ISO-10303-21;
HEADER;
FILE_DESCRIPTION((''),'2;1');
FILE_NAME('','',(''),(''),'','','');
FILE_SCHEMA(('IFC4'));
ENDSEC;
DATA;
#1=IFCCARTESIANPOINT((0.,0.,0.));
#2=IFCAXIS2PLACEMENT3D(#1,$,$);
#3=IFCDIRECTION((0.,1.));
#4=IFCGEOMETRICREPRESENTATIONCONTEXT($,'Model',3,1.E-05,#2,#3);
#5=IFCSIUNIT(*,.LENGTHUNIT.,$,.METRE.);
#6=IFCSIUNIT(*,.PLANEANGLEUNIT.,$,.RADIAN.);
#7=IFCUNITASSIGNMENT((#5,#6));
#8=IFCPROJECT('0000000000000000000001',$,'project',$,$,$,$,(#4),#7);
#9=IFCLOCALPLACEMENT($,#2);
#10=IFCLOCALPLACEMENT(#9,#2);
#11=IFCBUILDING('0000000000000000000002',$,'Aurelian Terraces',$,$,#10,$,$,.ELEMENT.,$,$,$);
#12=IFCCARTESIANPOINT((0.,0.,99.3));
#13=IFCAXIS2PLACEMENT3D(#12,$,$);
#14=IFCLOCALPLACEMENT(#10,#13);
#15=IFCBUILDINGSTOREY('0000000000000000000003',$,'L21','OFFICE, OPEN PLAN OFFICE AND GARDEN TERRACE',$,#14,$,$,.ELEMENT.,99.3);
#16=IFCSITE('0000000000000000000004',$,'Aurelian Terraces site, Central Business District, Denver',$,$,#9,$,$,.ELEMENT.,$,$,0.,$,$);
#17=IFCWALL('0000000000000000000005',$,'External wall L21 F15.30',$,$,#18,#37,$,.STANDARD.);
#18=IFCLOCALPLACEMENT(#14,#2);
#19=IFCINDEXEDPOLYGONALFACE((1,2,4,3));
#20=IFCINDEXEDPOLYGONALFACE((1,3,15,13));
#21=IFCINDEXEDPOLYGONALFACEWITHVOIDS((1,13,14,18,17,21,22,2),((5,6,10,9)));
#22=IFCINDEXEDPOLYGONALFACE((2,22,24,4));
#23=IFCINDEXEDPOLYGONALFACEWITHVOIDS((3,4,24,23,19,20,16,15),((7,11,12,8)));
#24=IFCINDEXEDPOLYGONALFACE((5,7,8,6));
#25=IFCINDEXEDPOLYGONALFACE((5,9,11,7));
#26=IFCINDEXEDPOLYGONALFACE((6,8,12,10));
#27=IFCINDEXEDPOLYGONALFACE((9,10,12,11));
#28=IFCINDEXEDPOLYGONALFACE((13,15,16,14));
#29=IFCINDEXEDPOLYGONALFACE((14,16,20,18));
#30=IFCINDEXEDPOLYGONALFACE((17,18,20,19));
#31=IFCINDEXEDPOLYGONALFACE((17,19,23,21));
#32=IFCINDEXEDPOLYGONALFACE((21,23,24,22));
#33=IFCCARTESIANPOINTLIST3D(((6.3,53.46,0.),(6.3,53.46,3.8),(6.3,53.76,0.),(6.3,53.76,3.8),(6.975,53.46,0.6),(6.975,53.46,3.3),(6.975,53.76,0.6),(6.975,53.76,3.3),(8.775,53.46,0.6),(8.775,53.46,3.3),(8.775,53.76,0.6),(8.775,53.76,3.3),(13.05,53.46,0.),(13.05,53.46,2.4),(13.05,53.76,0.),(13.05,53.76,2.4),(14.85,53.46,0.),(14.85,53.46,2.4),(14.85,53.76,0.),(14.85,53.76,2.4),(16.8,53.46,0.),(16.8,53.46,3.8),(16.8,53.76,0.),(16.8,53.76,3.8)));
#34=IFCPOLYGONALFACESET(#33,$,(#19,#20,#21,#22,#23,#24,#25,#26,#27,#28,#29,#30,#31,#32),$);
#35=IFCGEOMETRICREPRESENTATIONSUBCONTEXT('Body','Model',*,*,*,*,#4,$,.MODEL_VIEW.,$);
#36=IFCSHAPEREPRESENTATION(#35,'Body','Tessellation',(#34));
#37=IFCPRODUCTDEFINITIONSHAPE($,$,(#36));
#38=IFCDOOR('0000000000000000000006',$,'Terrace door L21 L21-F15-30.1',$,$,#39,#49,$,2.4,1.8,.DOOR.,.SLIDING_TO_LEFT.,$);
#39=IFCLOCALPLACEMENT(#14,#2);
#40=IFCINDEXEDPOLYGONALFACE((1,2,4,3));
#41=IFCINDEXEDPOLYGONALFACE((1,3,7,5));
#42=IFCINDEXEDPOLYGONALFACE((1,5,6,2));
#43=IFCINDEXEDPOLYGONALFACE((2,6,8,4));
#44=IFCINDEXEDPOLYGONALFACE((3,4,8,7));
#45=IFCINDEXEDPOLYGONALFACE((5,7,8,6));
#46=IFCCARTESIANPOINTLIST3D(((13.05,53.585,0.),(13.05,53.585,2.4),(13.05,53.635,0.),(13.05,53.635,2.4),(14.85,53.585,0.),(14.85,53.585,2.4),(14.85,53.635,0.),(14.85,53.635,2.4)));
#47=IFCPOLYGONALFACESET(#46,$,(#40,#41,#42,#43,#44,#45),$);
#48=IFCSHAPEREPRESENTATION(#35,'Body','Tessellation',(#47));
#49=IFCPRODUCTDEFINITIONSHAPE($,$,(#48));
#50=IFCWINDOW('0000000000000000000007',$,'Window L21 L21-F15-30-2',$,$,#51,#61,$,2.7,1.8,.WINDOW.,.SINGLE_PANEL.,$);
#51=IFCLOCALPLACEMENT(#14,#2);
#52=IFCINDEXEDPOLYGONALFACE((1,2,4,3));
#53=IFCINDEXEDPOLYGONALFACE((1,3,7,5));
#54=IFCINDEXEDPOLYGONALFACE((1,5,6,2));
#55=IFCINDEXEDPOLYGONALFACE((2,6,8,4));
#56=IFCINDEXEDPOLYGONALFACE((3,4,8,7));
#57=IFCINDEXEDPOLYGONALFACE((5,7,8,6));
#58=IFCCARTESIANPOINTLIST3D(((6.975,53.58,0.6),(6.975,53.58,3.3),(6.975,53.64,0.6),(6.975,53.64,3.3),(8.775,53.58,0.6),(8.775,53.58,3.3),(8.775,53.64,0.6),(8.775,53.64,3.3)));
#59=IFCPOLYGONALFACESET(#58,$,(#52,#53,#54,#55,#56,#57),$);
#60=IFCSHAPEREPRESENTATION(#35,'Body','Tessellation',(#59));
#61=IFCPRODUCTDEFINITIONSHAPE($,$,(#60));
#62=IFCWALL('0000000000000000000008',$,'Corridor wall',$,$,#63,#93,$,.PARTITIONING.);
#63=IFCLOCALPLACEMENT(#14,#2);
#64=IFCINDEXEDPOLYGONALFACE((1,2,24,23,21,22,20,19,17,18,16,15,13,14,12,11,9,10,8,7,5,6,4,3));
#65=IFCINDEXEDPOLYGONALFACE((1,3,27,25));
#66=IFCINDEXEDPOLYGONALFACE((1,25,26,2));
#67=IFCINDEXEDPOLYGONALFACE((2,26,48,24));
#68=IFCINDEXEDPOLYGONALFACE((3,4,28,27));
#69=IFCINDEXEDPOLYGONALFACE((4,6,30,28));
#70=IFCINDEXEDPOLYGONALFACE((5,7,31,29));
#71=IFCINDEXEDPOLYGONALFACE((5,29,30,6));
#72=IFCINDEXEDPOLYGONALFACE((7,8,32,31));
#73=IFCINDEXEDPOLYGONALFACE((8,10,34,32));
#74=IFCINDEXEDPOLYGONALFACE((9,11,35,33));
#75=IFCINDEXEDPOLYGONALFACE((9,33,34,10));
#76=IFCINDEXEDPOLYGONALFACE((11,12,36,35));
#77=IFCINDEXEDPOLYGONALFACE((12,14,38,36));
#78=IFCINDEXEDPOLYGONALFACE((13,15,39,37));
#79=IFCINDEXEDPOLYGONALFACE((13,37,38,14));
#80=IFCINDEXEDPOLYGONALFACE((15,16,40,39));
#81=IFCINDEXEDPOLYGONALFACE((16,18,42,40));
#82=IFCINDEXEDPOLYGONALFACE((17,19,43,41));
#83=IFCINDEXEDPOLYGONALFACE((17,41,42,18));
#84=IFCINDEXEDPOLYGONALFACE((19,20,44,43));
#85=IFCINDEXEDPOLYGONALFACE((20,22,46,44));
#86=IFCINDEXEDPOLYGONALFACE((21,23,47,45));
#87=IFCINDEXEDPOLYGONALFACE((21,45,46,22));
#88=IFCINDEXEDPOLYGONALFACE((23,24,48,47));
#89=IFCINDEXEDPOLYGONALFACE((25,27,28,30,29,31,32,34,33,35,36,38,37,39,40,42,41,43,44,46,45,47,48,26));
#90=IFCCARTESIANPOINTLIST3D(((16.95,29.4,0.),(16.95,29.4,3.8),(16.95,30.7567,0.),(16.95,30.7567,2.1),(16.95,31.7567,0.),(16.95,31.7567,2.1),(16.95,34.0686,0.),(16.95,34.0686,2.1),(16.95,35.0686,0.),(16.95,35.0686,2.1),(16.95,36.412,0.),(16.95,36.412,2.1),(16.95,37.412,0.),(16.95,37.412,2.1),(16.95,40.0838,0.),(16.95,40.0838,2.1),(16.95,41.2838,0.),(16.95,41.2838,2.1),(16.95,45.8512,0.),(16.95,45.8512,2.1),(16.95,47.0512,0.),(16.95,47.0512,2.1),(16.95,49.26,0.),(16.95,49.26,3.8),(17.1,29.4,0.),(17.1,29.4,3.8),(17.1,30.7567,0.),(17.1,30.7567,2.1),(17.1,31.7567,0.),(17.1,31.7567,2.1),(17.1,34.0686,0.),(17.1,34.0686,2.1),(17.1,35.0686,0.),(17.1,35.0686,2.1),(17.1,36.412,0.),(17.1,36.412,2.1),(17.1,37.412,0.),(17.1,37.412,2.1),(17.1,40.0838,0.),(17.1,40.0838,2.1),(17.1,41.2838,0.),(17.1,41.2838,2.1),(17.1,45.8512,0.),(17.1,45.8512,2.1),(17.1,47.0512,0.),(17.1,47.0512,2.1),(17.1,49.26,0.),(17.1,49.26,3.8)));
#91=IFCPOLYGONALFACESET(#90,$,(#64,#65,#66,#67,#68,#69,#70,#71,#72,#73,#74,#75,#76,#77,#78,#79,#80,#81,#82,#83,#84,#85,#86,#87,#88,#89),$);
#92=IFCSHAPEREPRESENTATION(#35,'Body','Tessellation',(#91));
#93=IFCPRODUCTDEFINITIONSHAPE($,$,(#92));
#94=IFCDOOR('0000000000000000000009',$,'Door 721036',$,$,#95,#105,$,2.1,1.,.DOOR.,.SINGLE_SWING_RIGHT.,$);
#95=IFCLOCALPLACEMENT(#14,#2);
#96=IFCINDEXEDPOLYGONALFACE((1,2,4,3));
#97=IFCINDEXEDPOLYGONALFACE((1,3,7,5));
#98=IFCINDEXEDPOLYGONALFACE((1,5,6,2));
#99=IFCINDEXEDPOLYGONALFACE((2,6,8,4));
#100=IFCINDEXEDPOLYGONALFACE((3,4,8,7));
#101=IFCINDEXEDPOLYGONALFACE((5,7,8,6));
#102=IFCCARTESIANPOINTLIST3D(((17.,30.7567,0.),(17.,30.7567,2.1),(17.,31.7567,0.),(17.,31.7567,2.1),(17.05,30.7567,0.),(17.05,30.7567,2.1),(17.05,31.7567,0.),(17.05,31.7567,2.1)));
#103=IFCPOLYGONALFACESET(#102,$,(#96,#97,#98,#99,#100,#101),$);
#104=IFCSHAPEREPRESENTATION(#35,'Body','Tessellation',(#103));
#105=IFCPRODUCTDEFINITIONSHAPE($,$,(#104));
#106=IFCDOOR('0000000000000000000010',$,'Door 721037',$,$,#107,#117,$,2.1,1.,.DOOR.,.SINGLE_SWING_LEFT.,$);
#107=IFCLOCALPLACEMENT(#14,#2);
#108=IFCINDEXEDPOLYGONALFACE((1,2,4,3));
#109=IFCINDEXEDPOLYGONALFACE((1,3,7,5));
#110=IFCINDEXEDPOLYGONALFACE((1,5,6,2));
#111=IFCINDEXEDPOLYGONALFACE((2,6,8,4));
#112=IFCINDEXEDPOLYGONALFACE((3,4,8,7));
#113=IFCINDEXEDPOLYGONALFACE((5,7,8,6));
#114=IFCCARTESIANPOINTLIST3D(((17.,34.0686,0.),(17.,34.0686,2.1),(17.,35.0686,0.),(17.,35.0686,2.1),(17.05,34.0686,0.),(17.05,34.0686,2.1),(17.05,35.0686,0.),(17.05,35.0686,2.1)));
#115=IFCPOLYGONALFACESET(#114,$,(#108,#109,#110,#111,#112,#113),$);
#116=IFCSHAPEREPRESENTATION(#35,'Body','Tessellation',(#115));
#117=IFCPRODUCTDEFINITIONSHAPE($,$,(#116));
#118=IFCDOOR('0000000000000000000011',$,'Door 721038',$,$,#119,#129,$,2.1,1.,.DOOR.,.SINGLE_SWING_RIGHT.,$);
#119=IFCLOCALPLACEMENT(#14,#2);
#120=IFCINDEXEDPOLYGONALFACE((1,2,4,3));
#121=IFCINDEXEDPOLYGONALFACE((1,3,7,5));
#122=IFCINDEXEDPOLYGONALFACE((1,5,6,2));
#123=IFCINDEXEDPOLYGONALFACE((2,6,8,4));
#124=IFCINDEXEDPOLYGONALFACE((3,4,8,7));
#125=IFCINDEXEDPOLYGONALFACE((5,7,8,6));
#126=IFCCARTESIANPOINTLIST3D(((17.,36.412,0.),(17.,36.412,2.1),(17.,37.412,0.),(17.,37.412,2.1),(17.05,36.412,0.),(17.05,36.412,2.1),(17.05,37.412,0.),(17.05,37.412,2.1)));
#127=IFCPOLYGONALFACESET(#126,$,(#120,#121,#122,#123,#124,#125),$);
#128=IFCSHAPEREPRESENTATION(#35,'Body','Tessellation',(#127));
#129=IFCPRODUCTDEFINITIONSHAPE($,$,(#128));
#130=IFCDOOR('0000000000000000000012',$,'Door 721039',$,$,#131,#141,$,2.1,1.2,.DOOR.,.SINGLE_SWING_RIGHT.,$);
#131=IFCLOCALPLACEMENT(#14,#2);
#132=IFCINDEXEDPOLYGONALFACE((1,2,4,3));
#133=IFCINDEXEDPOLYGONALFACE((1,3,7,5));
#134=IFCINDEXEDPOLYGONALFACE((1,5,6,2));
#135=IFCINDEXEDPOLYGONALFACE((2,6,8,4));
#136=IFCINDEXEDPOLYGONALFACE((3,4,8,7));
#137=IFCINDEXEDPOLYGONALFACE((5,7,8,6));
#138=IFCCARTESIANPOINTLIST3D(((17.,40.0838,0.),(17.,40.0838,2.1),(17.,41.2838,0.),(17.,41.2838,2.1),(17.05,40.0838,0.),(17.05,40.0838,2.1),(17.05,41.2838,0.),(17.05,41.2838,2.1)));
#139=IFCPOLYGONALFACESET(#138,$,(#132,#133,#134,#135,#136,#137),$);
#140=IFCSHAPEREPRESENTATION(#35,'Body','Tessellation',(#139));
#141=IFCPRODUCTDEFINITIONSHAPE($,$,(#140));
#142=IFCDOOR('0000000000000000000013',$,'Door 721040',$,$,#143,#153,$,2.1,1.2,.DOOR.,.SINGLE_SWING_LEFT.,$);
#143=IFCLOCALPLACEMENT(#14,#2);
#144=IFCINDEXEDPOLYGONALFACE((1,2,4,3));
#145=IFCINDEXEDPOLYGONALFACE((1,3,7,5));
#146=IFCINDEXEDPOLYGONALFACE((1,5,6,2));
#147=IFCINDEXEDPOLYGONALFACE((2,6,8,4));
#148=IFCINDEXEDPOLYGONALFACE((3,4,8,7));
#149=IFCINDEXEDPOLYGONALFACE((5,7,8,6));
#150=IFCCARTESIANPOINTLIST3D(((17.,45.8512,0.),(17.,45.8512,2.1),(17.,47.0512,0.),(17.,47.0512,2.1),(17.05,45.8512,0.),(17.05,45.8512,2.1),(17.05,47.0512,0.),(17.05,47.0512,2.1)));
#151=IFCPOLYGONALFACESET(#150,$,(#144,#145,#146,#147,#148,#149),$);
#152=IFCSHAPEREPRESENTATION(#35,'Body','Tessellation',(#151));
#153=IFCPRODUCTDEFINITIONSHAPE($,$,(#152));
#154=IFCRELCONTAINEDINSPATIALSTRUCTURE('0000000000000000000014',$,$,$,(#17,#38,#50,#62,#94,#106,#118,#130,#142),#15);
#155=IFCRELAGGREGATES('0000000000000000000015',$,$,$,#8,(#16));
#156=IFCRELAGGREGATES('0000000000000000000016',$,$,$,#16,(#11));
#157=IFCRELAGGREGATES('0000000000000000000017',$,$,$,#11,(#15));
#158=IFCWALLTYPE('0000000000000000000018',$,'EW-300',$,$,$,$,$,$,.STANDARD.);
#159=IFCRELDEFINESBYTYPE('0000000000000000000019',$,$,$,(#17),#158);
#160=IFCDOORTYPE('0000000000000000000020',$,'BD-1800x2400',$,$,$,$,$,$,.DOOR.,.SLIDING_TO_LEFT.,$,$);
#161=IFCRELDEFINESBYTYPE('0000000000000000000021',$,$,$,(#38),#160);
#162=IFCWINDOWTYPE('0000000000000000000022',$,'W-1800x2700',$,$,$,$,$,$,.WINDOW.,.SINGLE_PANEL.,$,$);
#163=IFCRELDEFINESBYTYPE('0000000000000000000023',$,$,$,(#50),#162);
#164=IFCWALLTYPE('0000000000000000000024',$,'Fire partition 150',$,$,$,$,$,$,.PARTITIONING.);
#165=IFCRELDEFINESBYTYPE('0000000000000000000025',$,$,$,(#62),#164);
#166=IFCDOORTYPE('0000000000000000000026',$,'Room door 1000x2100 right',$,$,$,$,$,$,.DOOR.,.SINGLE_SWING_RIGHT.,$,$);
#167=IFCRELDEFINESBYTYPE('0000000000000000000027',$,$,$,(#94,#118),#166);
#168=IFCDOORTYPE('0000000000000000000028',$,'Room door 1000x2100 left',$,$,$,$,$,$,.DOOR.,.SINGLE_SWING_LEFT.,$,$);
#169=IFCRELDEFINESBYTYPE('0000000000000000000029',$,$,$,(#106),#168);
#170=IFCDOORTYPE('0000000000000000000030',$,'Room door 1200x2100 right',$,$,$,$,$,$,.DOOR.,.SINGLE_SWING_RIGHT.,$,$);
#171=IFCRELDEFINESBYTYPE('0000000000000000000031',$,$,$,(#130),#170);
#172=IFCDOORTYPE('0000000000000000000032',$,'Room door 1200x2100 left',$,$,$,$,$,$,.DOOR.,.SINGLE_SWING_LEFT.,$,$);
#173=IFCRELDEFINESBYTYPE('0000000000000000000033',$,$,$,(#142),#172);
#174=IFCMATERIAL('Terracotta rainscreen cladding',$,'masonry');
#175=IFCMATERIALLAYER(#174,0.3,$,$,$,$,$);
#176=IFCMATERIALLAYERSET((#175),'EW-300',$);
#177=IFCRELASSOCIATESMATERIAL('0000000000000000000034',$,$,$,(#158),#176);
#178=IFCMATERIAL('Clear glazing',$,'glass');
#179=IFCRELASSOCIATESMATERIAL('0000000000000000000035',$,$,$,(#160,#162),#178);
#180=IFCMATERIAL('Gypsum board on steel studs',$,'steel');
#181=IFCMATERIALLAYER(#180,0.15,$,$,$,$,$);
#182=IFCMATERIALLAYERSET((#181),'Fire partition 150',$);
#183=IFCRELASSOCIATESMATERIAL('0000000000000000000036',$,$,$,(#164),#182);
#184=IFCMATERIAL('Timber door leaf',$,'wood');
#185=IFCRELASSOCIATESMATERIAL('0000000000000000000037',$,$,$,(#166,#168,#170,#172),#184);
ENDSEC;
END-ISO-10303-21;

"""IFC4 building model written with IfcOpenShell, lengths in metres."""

from ifc_helpers import new_model, si_unit, direction, frame, frame_2d, origin, place, context, subcontext, project, spatial, rectangle, extrude, source, transform, mapped, material, layer, layer_set, type_object, element, fill, save


model = new_model("IFC4")

# Units and contexts
model_context = context("Model", 3, precision=1e-05, world=origin(), true_north=direction((0.0, 1.0)))
body_context = subcontext(model_context, "Body", "Model", "MODEL_VIEW")
ifc_project = project(units=[si_unit("LENGTHUNIT", "METRE"), si_unit("PLANEANGLEUNIT", "RADIAN")], contexts=[model_context])

# Site, building, storey
site_placement = place(None, origin())
site = spatial("IfcSite", under=ifc_project, at=site_placement, Name="Aurelian Terraces site, Central Business District, Denver", CompositionType="ELEMENT", RefElevation=0.0)
building_placement = place(site_placement, origin())
building = spatial("IfcBuilding", under=site, at=building_placement, Name="Aurelian Terraces", CompositionType="ELEMENT")
storey_placement = place(building_placement, frame((0.0, 0.0, 99.3)))
storey = spatial("IfcBuildingStorey", under=building, at=storey_placement, Name="L21", Description="OFFICE, OPEN PLAN OFFICE AND GARDEN TERRACE", CompositionType="ELEMENT", Elevation=99.3)

# Wall, openings, door, window
ifc_material_1 = material(Name="Terracotta rainscreen cladding", Category="masonry")
ifc_layer_1 = layer(ifc_material_1, 0.3)
ifc_layer_set_1 = layer_set([ifc_layer_1], Name="EW-300")
wall_type_1 = type_object("IfcWallType", Name="EW-300", PredefinedType="STANDARD", material=ifc_layer_set_1)
wall_1_placement = place(storey_placement, frame((16.8, 53.61, 0.0), z_axis=(0.0, 0.0, 1.0), x_axis=(-1.0, 0.0, 0.0)))
wall_1 = element("IfcWall", 1, at=wall_1_placement, inside=storey, type_object=wall_type_1, Name="External wall L21 F15.30", PredefinedType="STANDARD", context=body_context, shape_type="SweptSolid", body=[
    extrude(rectangle(XDim=10.5, YDim=0.3, at=frame_2d((5.25, 0.0))), origin(), (0.0, 0.0, 1.0), 3.8),
])
shared_shape_1 = source(origin(), body_context, "Body", "SweptSolid", [
    extrude(rectangle(XDim=1.8, YDim=2.4, at=frame_2d((0.9, 1.2))), frame((0.0, 0.16, 0.0), z_axis=(0.0, -1.0, 0.0), x_axis=(1.0, 0.0, 0.0)), (0.0, 0.0, 1.0), 0.32),
])
opening_1_placement = place(wall_1_placement, frame((1.95, 0.0, 0.0)))
opening_1 = element("IfcOpeningElement", 2, at=opening_1_placement, cuts=wall_1, PredefinedType="OPENING", context=body_context, shape_type="MappedRepresentation", body=[
    mapped(shared_shape_1, transform((0.0, 0.0, 0.0), scale=1.0)),
])
shared_shape_2 = source(origin(), body_context, "Body", "SweptSolid", [
    extrude(rectangle(XDim=1.8, YDim=2.7, at=frame_2d((0.9, 1.35))), frame((0.0, 0.16, 0.0), z_axis=(0.0, -1.0, 0.0), x_axis=(1.0, 0.0, 0.0)), (0.0, 0.0, 1.0), 0.32),
])
opening_2_placement = place(wall_1_placement, frame((8.025, 0.0, 0.6)))
opening_2 = element("IfcOpeningElement", 3, at=opening_2_placement, cuts=wall_1, PredefinedType="OPENING", context=body_context, shape_type="MappedRepresentation", body=[
    mapped(shared_shape_2, transform((0.0, 0.0, 0.0), scale=1.0)),
])
ifc_material_2 = material(Name="Clear glazing", Category="glass")
door_type_1 = type_object("IfcDoorType", Name="BD-1800x2400", OperationType="SLIDING_TO_LEFT", PredefinedType="DOOR", material=ifc_material_2)
shared_shape_3 = source(origin(), body_context, "Body", "SweptSolid", [
    extrude(rectangle(XDim=1.8, YDim=2.4, at=frame_2d((0.9, 1.2))), frame((0.0, 0.025, 0.0), z_axis=(0.0, -1.0, 0.0), x_axis=(1.0, 0.0, 0.0)), (0.0, 0.0, 1.0), 0.05),
])
door_1_placement = place(opening_1_placement, origin())
door_1 = element("IfcDoor", 4, at=door_1_placement, inside=storey, type_object=door_type_1, Name="Terrace door L21 L21-F15-30.1", OperationType="SLIDING_TO_LEFT", OverallHeight=2.4, OverallWidth=1.8, PredefinedType="DOOR", context=body_context, shape_type="MappedRepresentation", body=[
    mapped(shared_shape_3, transform((0.0, 0.0, 0.0), scale=1.0)),
])
fill(opening_1, door_1)
window_type = type_object("IfcWindowType", Name="W-1800x2700", PartitioningType="SINGLE_PANEL", PredefinedType="WINDOW", material=ifc_material_2)
shared_shape_4 = source(origin(), body_context, "Body", "SweptSolid", [
    extrude(rectangle(XDim=1.8, YDim=2.7, at=frame_2d((0.9, 1.35))), frame((0.0, 0.03, 0.0), z_axis=(0.0, -1.0, 0.0), x_axis=(1.0, 0.0, 0.0)), (0.0, 0.0, 1.0), 0.06),
])
window_1_placement = place(opening_2_placement, origin())
window_1 = element("IfcWindow", 5, at=window_1_placement, inside=storey, type_object=window_type, Name="Window L21 L21-F15-30-2", OverallHeight=2.7, OverallWidth=1.8, PartitioningType="SINGLE_PANEL", PredefinedType="WINDOW", context=body_context, shape_type="MappedRepresentation", body=[
    mapped(shared_shape_4, transform((0.0, 0.0, 0.0), scale=1.0)),
])
fill(opening_2, window_1)

# Wall, openings, doors
ifc_material_3 = material(Name="Gypsum board on steel studs", Category="steel")
ifc_layer_2 = layer(ifc_material_3, 0.15)
ifc_layer_set_2 = layer_set([ifc_layer_2], Name="Fire partition 150")
wall_type_2 = type_object("IfcWallType", Name="Fire partition 150", PredefinedType="PARTITIONING", material=ifc_layer_set_2)
wall_2_placement = place(storey_placement, frame((17.025, 49.26, 0.0), z_axis=(0.0, 0.0, 1.0), x_axis=(0.0, -1.0, 0.0)))
wall_2 = element("IfcWall", 6, at=wall_2_placement, inside=storey, type_object=wall_type_2, Name="Corridor wall", PredefinedType="PARTITIONING", context=body_context, shape_type="SweptSolid", body=[
    extrude(rectangle(XDim=19.86, YDim=0.15, at=frame_2d((9.93, 0.0))), origin(), (0.0, 0.0, 1.0), 3.8),
])
shared_shape_5 = source(origin(), body_context, "Body", "SweptSolid", [
    extrude(rectangle(XDim=1.0, YDim=2.1, at=frame_2d((0.5, 1.05))), frame((0.0, 0.085, 0.0), z_axis=(0.0, -1.0, 0.0), x_axis=(1.0, 0.0, 0.0)), (0.0, 0.0, 1.0), 0.17),
])
opening_3_placement = place(wall_2_placement, frame((17.5033, 0.0, 0.0)))
opening_3 = element("IfcOpeningElement", 7, at=opening_3_placement, cuts=wall_2, PredefinedType="OPENING", context=body_context, shape_type="MappedRepresentation", body=[
    mapped(shared_shape_5, transform((0.0, 0.0, 0.0), scale=1.0)),
])
opening_4_placement = place(wall_2_placement, frame((14.1914, 0.0, 0.0)))
opening_4 = element("IfcOpeningElement", 8, at=opening_4_placement, cuts=wall_2, PredefinedType="OPENING", context=body_context, shape_type="MappedRepresentation", body=[
    mapped(shared_shape_5, transform((0.0, 0.0, 0.0), scale=1.0)),
])
opening_5_placement = place(wall_2_placement, frame((11.848, 0.0, 0.0)))
opening_5 = element("IfcOpeningElement", 9, at=opening_5_placement, cuts=wall_2, PredefinedType="OPENING", context=body_context, shape_type="MappedRepresentation", body=[
    mapped(shared_shape_5, transform((0.0, 0.0, 0.0), scale=1.0)),
])
shared_shape_6 = source(origin(), body_context, "Body", "SweptSolid", [
    extrude(rectangle(XDim=1.2, YDim=2.1, at=frame_2d((0.6, 1.05))), frame((0.0, 0.085, 0.0), z_axis=(0.0, -1.0, 0.0), x_axis=(1.0, 0.0, 0.0)), (0.0, 0.0, 1.0), 0.17),
])
opening_6_placement = place(wall_2_placement, frame((7.9762, 0.0, 0.0)))
opening_6 = element("IfcOpeningElement", 10, at=opening_6_placement, cuts=wall_2, PredefinedType="OPENING", context=body_context, shape_type="MappedRepresentation", body=[
    mapped(shared_shape_6, transform((0.0, 0.0, 0.0), scale=1.0)),
])
opening_7_placement = place(wall_2_placement, frame((2.2088, 0.0, 0.0)))
opening_7 = element("IfcOpeningElement", 11, at=opening_7_placement, cuts=wall_2, PredefinedType="OPENING", context=body_context, shape_type="MappedRepresentation", body=[
    mapped(shared_shape_6, transform((0.0, 0.0, 0.0), scale=1.0)),
])
ifc_material_4 = material(Name="Timber door leaf", Category="wood")
door_type_2 = type_object("IfcDoorType", Name="Room door 1000x2100 right", OperationType="SINGLE_SWING_RIGHT", PredefinedType="DOOR", material=ifc_material_4)
shared_shape_7 = source(origin(), body_context, "Body", "SweptSolid", [
    extrude(rectangle(XDim=1.0, YDim=2.1, at=frame_2d((0.5, 1.05))), frame((0.0, 0.025, 0.0), z_axis=(0.0, -1.0, 0.0), x_axis=(1.0, 0.0, 0.0)), (0.0, 0.0, 1.0), 0.05),
])
door_2_placement = place(opening_3_placement, origin())
door_2 = element("IfcDoor", 12, at=door_2_placement, inside=storey, type_object=door_type_2, Name="Door 721036", OperationType="SINGLE_SWING_RIGHT", OverallHeight=2.1, OverallWidth=1.0, PredefinedType="DOOR", context=body_context, shape_type="MappedRepresentation", body=[
    mapped(shared_shape_7, transform((0.0, 0.0, 0.0), scale=1.0)),
])
fill(opening_3, door_2)
door_type_3 = type_object("IfcDoorType", Name="Room door 1000x2100 left", OperationType="SINGLE_SWING_LEFT", PredefinedType="DOOR", material=ifc_material_4)
door_3_placement = place(opening_4_placement, origin())
door_3 = element("IfcDoor", 13, at=door_3_placement, inside=storey, type_object=door_type_3, Name="Door 721037", OperationType="SINGLE_SWING_LEFT", OverallHeight=2.1, OverallWidth=1.0, PredefinedType="DOOR", context=body_context, shape_type="MappedRepresentation", body=[
    mapped(shared_shape_7, transform((0.0, 0.0, 0.0), scale=1.0)),
])
fill(opening_4, door_3)
door_4_placement = place(opening_5_placement, origin())
door_4 = element("IfcDoor", 14, at=door_4_placement, inside=storey, type_object=door_type_2, Name="Door 721038", OperationType="SINGLE_SWING_RIGHT", OverallHeight=2.1, OverallWidth=1.0, PredefinedType="DOOR", context=body_context, shape_type="MappedRepresentation", body=[
    mapped(shared_shape_7, transform((0.0, 0.0, 0.0), scale=1.0)),
])
fill(opening_5, door_4)
door_type_4 = type_object("IfcDoorType", Name="Room door 1200x2100 right", OperationType="SINGLE_SWING_RIGHT", PredefinedType="DOOR", material=ifc_material_4)
shared_shape_8 = source(origin(), body_context, "Body", "SweptSolid", [
    extrude(rectangle(XDim=1.2, YDim=2.1, at=frame_2d((0.6, 1.05))), frame((0.0, 0.025, 0.0), z_axis=(0.0, -1.0, 0.0), x_axis=(1.0, 0.0, 0.0)), (0.0, 0.0, 1.0), 0.05),
])
door_5_placement = place(opening_6_placement, origin())
door_5 = element("IfcDoor", 15, at=door_5_placement, inside=storey, type_object=door_type_4, Name="Door 721039", OperationType="SINGLE_SWING_RIGHT", OverallHeight=2.1, OverallWidth=1.2, PredefinedType="DOOR", context=body_context, shape_type="MappedRepresentation", body=[
    mapped(shared_shape_8, transform((0.0, 0.0, 0.0), scale=1.0)),
])
fill(opening_6, door_5)
door_type_5 = type_object("IfcDoorType", Name="Room door 1200x2100 left", OperationType="SINGLE_SWING_LEFT", PredefinedType="DOOR", material=ifc_material_4)
door_6_placement = place(opening_7_placement, origin())
door_6 = element("IfcDoor", 16, at=door_6_placement, inside=storey, type_object=door_type_5, Name="Door 721040", OperationType="SINGLE_SWING_LEFT", OverallHeight=2.1, OverallWidth=1.2, PredefinedType="DOOR", context=body_context, shape_type="MappedRepresentation", body=[
    mapped(shared_shape_8, transform((0.0, 0.0, 0.0), scale=1.0)),
])
fill(opening_7, door_6)

save(model, "model.ifc")
